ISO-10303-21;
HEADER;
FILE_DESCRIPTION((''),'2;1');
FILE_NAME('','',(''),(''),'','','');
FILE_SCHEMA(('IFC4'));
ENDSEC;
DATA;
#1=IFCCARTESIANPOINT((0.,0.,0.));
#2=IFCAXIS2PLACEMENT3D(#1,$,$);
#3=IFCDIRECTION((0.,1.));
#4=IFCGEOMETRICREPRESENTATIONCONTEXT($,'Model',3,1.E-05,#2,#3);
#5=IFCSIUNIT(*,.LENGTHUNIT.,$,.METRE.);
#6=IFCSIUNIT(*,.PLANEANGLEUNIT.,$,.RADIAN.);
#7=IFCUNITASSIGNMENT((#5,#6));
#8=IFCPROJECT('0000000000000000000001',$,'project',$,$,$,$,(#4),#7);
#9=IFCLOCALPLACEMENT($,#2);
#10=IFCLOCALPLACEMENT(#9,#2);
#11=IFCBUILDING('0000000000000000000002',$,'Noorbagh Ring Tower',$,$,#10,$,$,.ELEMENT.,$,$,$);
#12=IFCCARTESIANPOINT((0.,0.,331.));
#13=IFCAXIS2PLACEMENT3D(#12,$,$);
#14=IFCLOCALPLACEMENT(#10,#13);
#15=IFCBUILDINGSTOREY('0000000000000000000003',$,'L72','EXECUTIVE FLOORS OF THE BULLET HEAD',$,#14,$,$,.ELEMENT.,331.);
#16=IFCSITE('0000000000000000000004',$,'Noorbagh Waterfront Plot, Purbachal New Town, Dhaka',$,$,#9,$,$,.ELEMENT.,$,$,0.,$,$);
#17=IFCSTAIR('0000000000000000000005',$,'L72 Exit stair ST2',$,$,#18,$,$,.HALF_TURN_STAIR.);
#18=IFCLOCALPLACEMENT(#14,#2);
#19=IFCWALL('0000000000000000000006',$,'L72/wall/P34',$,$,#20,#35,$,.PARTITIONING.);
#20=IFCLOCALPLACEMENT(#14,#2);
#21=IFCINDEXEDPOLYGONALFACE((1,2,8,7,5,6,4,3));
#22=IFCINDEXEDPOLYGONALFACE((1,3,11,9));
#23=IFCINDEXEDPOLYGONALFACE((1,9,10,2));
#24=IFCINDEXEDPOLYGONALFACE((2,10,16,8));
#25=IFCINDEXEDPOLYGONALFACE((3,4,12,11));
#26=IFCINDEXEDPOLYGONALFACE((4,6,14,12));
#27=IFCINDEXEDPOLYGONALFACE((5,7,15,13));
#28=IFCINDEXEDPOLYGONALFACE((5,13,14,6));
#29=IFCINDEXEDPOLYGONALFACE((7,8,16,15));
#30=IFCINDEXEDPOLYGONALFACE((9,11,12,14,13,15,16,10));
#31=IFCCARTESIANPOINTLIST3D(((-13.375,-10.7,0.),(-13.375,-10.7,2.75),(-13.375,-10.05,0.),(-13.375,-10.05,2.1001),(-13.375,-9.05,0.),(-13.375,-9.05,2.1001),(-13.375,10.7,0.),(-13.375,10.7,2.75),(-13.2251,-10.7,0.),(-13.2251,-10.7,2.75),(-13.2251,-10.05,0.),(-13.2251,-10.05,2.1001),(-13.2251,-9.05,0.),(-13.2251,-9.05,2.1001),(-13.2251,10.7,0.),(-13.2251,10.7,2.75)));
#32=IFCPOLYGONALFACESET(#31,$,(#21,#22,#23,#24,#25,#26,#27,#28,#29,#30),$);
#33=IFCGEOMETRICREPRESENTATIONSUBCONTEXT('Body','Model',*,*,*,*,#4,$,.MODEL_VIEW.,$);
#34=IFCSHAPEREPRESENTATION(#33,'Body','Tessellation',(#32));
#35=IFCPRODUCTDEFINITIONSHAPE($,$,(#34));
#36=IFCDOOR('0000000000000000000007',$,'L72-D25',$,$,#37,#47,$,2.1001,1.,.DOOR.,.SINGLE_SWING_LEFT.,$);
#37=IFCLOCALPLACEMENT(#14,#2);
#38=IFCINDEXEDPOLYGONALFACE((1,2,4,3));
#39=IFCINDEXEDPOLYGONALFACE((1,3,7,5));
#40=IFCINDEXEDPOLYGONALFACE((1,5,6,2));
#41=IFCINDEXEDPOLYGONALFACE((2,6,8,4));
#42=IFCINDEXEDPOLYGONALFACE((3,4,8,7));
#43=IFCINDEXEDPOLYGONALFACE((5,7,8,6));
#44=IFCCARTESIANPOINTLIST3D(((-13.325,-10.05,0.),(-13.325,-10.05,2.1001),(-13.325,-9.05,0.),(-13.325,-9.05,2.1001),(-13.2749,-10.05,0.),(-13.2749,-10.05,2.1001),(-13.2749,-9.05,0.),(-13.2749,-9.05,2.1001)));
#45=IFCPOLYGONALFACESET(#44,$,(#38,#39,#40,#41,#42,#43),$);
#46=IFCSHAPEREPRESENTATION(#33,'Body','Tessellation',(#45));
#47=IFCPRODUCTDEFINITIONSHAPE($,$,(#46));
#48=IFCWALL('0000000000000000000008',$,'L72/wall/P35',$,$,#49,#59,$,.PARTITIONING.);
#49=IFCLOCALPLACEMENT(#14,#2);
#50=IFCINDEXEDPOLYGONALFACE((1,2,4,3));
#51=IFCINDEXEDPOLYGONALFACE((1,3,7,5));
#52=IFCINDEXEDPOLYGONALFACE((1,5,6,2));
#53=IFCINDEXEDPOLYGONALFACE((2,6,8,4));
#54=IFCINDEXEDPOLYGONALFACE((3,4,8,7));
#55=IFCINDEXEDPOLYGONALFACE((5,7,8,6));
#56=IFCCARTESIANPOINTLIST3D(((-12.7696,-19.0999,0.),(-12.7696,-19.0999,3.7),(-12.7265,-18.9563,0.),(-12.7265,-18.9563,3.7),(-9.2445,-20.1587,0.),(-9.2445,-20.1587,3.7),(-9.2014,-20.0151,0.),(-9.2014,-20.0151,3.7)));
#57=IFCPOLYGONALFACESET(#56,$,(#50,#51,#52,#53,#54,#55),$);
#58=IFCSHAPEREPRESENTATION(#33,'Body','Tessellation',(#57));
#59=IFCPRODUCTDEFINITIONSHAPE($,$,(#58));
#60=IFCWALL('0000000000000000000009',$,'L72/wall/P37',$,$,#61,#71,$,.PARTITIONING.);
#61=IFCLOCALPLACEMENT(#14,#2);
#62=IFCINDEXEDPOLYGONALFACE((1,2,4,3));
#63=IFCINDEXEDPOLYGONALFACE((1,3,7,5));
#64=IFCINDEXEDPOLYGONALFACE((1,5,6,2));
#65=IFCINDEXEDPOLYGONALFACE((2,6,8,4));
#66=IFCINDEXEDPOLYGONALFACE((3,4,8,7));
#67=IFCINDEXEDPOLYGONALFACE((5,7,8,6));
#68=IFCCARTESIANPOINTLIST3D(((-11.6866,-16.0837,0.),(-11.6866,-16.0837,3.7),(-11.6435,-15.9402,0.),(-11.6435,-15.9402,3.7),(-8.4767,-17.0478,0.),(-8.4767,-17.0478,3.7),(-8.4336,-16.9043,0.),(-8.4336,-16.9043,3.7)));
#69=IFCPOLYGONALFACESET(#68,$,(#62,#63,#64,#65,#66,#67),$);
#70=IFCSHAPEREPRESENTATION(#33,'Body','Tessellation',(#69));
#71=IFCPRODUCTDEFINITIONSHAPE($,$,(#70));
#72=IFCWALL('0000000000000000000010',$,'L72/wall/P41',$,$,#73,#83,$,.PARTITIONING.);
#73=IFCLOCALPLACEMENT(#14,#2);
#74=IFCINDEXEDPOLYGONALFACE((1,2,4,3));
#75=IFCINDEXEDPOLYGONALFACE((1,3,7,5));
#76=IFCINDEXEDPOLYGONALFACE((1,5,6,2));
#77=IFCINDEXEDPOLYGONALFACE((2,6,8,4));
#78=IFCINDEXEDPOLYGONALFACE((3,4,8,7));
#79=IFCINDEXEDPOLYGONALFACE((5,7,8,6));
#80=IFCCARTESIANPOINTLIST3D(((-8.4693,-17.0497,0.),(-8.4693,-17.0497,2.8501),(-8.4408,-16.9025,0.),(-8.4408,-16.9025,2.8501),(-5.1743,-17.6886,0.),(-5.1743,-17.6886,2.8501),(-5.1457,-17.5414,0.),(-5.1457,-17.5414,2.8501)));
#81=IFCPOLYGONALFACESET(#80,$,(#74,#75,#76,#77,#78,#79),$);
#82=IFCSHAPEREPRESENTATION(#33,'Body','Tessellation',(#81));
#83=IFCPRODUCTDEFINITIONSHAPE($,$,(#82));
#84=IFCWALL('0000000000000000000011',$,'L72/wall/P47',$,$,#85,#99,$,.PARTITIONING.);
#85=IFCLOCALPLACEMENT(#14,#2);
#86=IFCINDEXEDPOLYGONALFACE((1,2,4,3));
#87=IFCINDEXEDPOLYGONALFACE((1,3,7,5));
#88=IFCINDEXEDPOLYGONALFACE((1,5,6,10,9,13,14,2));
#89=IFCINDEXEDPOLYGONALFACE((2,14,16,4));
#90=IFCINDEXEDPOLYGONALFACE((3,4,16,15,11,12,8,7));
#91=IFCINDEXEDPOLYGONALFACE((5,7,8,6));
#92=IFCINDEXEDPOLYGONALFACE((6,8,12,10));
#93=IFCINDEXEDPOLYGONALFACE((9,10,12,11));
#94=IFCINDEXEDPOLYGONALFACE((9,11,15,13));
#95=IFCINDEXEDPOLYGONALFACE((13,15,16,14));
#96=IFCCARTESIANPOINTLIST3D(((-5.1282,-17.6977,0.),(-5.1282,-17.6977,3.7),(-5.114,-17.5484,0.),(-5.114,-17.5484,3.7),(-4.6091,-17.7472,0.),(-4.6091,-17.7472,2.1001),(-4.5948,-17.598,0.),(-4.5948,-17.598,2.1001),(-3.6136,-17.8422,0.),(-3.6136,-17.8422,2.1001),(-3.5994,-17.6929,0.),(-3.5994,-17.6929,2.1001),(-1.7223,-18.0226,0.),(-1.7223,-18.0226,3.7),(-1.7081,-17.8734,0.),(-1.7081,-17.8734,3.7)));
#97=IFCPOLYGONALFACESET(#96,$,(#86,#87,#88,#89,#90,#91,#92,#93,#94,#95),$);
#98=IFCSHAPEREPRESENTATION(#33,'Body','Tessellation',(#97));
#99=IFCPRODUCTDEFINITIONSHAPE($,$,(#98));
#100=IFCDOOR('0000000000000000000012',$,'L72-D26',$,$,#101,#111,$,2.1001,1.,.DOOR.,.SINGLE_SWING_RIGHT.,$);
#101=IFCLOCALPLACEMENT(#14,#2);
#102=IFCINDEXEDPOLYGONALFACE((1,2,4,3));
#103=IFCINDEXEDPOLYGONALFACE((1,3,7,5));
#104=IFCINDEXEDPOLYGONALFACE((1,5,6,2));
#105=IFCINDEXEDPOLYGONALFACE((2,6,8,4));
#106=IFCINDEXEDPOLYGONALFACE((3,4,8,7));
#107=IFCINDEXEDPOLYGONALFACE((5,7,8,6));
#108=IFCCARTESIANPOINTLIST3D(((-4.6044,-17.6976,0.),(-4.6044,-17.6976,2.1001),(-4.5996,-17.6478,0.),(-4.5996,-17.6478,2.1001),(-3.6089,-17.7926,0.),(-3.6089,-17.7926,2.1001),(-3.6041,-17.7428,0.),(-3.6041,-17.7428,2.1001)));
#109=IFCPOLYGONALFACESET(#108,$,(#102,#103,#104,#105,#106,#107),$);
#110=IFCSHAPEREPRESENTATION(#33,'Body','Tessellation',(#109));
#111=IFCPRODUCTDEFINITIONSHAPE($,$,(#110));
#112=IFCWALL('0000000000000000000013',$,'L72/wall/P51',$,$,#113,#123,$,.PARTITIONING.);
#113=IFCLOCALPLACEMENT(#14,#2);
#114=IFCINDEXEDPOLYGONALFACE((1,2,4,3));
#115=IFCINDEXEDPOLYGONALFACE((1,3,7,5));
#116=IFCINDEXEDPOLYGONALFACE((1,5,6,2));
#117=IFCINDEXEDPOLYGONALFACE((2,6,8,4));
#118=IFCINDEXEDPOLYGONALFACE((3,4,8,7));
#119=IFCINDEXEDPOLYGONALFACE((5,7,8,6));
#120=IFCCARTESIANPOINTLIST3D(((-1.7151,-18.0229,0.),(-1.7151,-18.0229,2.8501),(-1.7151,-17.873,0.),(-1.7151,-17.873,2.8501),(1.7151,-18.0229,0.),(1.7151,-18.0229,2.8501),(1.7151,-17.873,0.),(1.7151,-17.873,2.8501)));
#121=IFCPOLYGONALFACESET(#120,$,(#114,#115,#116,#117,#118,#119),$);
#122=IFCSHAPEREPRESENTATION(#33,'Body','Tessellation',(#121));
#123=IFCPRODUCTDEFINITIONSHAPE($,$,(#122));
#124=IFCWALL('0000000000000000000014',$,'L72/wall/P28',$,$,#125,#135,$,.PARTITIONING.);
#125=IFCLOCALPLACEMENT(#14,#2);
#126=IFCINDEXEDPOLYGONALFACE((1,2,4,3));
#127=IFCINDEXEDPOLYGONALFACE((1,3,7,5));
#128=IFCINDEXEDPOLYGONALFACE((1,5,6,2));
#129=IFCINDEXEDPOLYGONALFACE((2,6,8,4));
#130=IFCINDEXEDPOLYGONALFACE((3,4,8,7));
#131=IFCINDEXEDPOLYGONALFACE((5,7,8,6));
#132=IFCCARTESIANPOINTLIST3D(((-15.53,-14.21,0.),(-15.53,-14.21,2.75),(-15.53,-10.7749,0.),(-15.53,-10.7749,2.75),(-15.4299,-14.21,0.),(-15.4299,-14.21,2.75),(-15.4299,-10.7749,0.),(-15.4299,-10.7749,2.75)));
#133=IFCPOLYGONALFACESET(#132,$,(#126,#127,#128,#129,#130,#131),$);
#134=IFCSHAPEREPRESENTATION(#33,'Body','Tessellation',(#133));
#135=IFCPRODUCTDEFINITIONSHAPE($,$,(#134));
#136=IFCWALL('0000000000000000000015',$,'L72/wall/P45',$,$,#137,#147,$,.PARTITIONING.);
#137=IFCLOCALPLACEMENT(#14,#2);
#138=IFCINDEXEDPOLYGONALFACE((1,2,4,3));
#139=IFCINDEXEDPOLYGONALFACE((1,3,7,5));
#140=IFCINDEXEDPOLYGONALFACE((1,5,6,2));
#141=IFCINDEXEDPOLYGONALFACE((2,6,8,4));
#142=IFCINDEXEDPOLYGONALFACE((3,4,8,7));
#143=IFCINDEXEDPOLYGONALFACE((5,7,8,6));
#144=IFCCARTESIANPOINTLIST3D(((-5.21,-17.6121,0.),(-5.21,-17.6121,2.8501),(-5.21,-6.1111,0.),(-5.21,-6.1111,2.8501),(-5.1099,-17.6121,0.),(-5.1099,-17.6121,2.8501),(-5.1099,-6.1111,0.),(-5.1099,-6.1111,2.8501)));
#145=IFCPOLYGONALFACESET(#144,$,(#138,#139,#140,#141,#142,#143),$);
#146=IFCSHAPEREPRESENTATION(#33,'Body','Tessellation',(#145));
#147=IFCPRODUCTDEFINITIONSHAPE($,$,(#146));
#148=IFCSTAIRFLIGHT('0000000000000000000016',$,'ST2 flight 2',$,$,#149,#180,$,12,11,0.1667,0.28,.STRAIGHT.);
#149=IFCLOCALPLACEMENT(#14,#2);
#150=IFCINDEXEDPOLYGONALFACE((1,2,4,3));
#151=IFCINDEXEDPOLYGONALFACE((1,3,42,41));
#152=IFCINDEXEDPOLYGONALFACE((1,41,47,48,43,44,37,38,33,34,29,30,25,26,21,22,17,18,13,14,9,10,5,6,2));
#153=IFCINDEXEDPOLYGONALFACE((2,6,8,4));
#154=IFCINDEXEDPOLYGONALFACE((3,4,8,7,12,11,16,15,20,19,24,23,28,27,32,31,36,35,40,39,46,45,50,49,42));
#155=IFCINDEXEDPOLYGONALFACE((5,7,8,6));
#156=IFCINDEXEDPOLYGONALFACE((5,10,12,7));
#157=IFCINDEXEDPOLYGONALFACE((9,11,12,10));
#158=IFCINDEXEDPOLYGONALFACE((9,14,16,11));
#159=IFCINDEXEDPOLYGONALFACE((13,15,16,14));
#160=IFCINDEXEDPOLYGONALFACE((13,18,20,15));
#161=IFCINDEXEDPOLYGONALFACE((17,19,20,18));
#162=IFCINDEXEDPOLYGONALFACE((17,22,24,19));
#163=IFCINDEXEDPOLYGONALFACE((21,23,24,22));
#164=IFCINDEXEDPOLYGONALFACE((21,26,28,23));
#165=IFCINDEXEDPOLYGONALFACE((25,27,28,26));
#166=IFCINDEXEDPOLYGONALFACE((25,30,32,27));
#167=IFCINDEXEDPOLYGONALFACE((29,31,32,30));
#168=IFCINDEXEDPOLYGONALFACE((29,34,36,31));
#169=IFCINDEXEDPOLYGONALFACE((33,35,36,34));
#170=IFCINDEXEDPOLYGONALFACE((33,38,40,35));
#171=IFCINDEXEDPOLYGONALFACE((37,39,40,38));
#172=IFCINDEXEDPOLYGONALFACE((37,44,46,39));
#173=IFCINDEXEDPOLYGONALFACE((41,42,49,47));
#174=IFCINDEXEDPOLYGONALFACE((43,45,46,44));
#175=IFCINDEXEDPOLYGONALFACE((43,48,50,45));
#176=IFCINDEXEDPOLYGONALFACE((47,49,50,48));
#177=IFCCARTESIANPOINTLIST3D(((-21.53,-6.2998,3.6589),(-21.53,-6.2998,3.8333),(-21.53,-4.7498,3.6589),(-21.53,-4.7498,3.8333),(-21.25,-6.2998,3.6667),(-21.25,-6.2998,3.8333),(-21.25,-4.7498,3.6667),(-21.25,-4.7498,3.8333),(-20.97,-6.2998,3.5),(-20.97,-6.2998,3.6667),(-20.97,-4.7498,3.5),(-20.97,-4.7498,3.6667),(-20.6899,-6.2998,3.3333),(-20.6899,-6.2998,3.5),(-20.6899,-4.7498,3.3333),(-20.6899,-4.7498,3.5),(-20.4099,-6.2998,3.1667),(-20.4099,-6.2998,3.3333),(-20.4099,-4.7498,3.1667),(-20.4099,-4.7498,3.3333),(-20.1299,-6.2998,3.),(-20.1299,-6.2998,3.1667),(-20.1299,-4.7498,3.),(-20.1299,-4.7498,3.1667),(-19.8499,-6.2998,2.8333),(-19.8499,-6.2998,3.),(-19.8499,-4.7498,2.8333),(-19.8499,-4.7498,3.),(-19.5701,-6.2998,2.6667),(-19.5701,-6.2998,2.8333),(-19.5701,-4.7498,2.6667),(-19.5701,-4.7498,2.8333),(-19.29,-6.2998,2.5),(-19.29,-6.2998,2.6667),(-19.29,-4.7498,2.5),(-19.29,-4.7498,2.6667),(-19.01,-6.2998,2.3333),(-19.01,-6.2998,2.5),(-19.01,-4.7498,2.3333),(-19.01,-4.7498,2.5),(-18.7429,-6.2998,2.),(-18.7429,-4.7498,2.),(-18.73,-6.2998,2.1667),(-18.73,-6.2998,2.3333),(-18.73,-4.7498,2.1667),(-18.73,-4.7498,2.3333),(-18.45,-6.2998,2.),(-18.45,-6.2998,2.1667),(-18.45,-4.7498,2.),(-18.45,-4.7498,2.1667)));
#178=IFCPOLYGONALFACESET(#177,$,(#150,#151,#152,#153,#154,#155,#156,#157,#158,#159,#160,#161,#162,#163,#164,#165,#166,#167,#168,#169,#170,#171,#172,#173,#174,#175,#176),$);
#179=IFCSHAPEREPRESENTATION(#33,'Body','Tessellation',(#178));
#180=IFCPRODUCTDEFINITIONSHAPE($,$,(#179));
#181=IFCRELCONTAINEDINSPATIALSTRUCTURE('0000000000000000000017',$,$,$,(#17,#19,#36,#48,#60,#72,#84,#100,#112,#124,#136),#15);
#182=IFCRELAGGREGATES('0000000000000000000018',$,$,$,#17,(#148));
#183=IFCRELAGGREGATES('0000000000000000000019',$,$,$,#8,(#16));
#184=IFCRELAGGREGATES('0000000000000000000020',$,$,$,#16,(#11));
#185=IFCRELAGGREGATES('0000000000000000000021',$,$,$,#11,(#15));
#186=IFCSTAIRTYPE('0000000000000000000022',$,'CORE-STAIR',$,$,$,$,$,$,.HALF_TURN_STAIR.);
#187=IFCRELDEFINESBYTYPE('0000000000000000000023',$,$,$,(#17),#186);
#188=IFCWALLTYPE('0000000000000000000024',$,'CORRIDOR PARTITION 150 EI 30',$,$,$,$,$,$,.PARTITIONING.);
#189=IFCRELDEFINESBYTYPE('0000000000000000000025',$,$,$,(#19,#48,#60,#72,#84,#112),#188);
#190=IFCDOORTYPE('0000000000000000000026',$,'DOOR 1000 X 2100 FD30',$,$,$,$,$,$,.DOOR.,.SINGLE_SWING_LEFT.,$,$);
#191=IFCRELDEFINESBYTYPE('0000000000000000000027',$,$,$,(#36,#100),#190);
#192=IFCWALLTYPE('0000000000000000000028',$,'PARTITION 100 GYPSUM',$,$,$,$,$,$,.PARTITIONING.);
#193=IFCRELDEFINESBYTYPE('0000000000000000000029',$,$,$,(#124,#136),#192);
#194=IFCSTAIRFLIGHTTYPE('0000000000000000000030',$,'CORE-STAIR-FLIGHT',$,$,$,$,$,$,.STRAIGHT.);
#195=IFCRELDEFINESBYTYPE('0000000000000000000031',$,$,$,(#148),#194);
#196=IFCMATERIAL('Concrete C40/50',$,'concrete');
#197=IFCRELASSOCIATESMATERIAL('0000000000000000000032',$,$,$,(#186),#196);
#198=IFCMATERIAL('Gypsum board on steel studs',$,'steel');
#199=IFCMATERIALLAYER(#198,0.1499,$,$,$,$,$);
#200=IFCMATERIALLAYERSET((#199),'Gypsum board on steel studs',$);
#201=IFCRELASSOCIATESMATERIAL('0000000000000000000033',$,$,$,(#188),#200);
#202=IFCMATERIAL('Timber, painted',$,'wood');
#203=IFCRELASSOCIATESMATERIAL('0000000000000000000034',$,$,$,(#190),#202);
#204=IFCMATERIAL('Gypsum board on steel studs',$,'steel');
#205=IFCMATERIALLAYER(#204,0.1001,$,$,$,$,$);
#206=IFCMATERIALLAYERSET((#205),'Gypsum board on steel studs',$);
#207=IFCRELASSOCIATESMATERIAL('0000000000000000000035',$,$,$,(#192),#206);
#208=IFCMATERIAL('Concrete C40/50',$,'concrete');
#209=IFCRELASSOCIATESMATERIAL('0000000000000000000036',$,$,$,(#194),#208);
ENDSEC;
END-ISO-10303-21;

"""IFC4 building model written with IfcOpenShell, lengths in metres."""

from ifc_helpers import new_model, si_unit, direction, frame, frame_2d, origin, place, context, subcontext, project, spatial, polyline, rectangle, outline, extrude, material, layer, layer_set, type_object, element, fill, aggregate, save


model = new_model("IFC4")

# Units and contexts
model_context = context("Model", 3, precision=1e-05, world=origin(), true_north=direction((0.0, 1.0)))
body_context = subcontext(model_context, "Body", "Model", "MODEL_VIEW")
ifc_project = project(units=[si_unit("LENGTHUNIT", "METRE"), si_unit("PLANEANGLEUNIT", "RADIAN")], contexts=[model_context])

# Site, building, storey
site_placement = place(None, origin())
site = spatial("IfcSite", under=ifc_project, at=site_placement, Name="Noorbagh Waterfront Plot, Purbachal New Town, Dhaka", CompositionType="ELEMENT", RefElevation=0.0)
building_placement = place(site_placement, origin())
building = spatial("IfcBuilding", under=site, at=building_placement, Name="Noorbagh Ring Tower", CompositionType="ELEMENT")
storey_placement = place(building_placement, frame((0.0, 0.0, 331.0)))
storey = spatial("IfcBuildingStorey", under=building, at=storey_placement, Name="L72", Description="EXECUTIVE FLOORS OF THE BULLET HEAD", CompositionType="ELEMENT", Elevation=331.0)

# Stair
ifc_material_1 = material(Name="Concrete C40/50", Category="concrete")
stair_type = type_object("IfcStairType", Name="CORE-STAIR", PredefinedType="HALF_TURN_STAIR", material=ifc_material_1)
stair_1_placement = place(storey_placement, origin())
stair_1 = element("IfcStair", 1, at=stair_1_placement, inside=storey, type_object=stair_type, Name="L72 Exit stair ST2", PredefinedType="HALF_TURN_STAIR")

# Shared definitions
ifc_material_2 = material(Name="Gypsum board on steel studs", Category="steel")
ifc_layer_1 = layer(ifc_material_2, 0.1499)
ifc_layer_set_1 = layer_set([ifc_layer_1], Name="Gypsum board on steel studs")
wall_type_1 = type_object("IfcWallType", Name="CORRIDOR PARTITION 150 EI 30", PredefinedType="PARTITIONING", material=ifc_layer_set_1)

# Shared definitions
ifc_material_3 = material(Name="Timber, painted", Category="wood")
door_type_1 = type_object("IfcDoorType", Name="DOOR 1000 X 2100 FD30", OperationType="SINGLE_SWING_LEFT", PredefinedType="DOOR", material=ifc_material_3)

# Wall, opening, door
wall_1_placement = place(storey_placement, frame((-13.3, -10.7, 0.0), z_axis=(0.0, 0.0, 1.0), x_axis=(0.0, 1.0, 0.0)))
wall_1 = element("IfcWall", 2, at=wall_1_placement, inside=storey, type_object=wall_type_1, Name="L72/wall/P34", PredefinedType="PARTITIONING", context=body_context, shape_type="SweptSolid", body=[
    extrude(rectangle(XDim=21.3999, YDim=0.1499, at=frame_2d((10.7, 0.0))), origin(), (0.0, 0.0, 1.0), 2.75),
])
opening_1_placement = place(wall_1_placement, frame((0.6499, 0.0, 0.0)))
opening_1 = element("IfcOpeningElement", 3, at=opening_1_placement, cuts=wall_1, PredefinedType="OPENING", context=body_context, shape_type="SweptSolid", body=[
    extrude(rectangle(XDim=1.0, YDim=2.1001, at=frame_2d((0.5, 1.05))), frame((0.0, 0.085, 0.0), z_axis=(0.0, -1.0, 0.0), x_axis=(1.0, 0.0, 0.0)), (0.0, 0.0, 1.0), 0.1699),
])
door_1_placement = place(opening_1_placement, origin())
door_1 = element("IfcDoor", 4, at=door_1_placement, inside=storey, type_object=door_type_1, Name="L72-D25", OperationType="SINGLE_SWING_LEFT", OverallHeight=2.1001, OverallWidth=1.0, PredefinedType="DOOR", context=body_context, shape_type="SweptSolid", body=[
    extrude(rectangle(XDim=1.0, YDim=2.1001, at=frame_2d((0.5, 1.05))), frame((0.0, 0.0249, 0.0), z_axis=(0.0, -1.0, 0.0), x_axis=(1.0, 0.0, 0.0)), (0.0, 0.0, 1.0), 0.05),
])
fill(opening_1, door_1)

# Walls
wall_2_placement = place(storey_placement, frame((-12.748, -19.0281, 0.0), z_axis=(0.0, 0.0, 1.0), x_axis=(0.957729, -0.28767, 0.0)))
element("IfcWall", 5, at=wall_2_placement, inside=storey, type_object=wall_type_1, Name="L72/wall/P35", PredefinedType="PARTITIONING", context=body_context, shape_type="SweptSolid", body=[
    extrude(rectangle(XDim=3.6807, YDim=0.1499, at=frame_2d((1.8403, 0.0))), origin(), (0.0, 0.0, 1.0), 3.7),
])
wall_3_placement = place(storey_placement, frame((-11.665, -16.012, 0.0), z_axis=(0.0, 0.0, 1.0), x_axis=(0.957734, -0.287655, 0.0)))
element("IfcWall", 6, at=wall_3_placement, inside=storey, type_object=wall_type_1, Name="L72/wall/P37", PredefinedType="PARTITIONING", context=body_context, shape_type="SweptSolid", body=[
    extrude(rectangle(XDim=3.3516, YDim=0.1499, at=frame_2d((1.6758, 0.0))), origin(), (0.0, 0.0, 1.0), 3.7),
])
wall_4_placement = place(storey_placement, frame((-8.4551, -16.9761, 0.0), z_axis=(0.0, 0.0, 1.0), x_axis=(0.981716, -0.19035, 0.0)))
element("IfcWall", 7, at=wall_4_placement, inside=storey, type_object=wall_type_1, Name="L72/wall/P41", PredefinedType="PARTITIONING", context=body_context, shape_type="SweptSolid", body=[
    extrude(rectangle(XDim=3.3564, YDim=0.1499, at=frame_2d((1.6782, 0.0))), origin(), (0.0, 0.0, 1.0), 2.8501),
])

# Wall, opening, door
wall_5_placement = place(storey_placement, frame((-5.1211, -17.623, 0.0), z_axis=(0.0, 0.0, 1.0), x_axis=(0.99548, -0.094974, 0.0)))
wall_5 = element("IfcWall", 8, at=wall_5_placement, inside=storey, type_object=wall_type_1, Name="L72/wall/P47", PredefinedType="PARTITIONING", context=body_context, shape_type="SweptSolid", body=[
    extrude(rectangle(XDim=3.4214, YDim=0.1499, at=frame_2d((1.7107, 0.0))), origin(), (0.0, 0.0, 1.0), 3.7),
])
opening_2_placement = place(wall_5_placement, frame((0.5215, 0.0, 0.0)))
opening_2 = element("IfcOpeningElement", 9, at=opening_2_placement, cuts=wall_5, PredefinedType="OPENING", context=body_context, shape_type="SweptSolid", body=[
    extrude(rectangle(XDim=1.0, YDim=2.1001, at=frame_2d((0.5, 1.05))), frame((0.0, 0.085, 0.0), z_axis=(0.0, -1.0, 0.0), x_axis=(1.0, 0.0, 0.0)), (0.0, 0.0, 1.0), 0.1699),
])
door_2_placement = place(opening_2_placement, origin())
door_2 = element("IfcDoor", 10, at=door_2_placement, inside=storey, type_object=door_type_1, Name="L72-D26", OperationType="SINGLE_SWING_RIGHT", OverallHeight=2.1001, OverallWidth=1.0, PredefinedType="DOOR", context=body_context, shape_type="SweptSolid", body=[
    extrude(rectangle(XDim=1.0, YDim=2.1001, at=frame_2d((0.5, 1.05))), frame((0.0, 0.0249, 0.0), z_axis=(0.0, -1.0, 0.0), x_axis=(1.0, 0.0, 0.0)), (0.0, 0.0, 1.0), 0.05),
])
fill(opening_2, door_2)

# Walls
wall_6_placement = place(storey_placement, frame((-1.7151, -17.948, 0.0), z_axis=(0.0, 0.0, 1.0), x_axis=(1.0, 0.0, 0.0)))
element("IfcWall", 11, at=wall_6_placement, inside=storey, type_object=wall_type_1, Name="L72/wall/P51", PredefinedType="PARTITIONING", context=body_context, shape_type="SweptSolid", body=[
    extrude(rectangle(XDim=3.4302, YDim=0.1499, at=frame_2d((1.7151, 0.0))), origin(), (0.0, 0.0, 1.0), 2.8501),
])
ifc_material_4 = material(Name="Gypsum board on steel studs", Category="steel")
ifc_layer_2 = layer(ifc_material_4, 0.1001)
ifc_layer_set_2 = layer_set([ifc_layer_2], Name="Gypsum board on steel studs")
wall_type_2 = type_object("IfcWallType", Name="PARTITION 100 GYPSUM", PredefinedType="PARTITIONING", material=ifc_layer_set_2)
wall_7_placement = place(storey_placement, frame((-15.48, -14.21, 0.0), z_axis=(0.0, 0.0, 1.0), x_axis=(0.0, 1.0, 0.0)))
element("IfcWall", 12, at=wall_7_placement, inside=storey, type_object=wall_type_2, Name="L72/wall/P28", PredefinedType="PARTITIONING", context=body_context, shape_type="SweptSolid", body=[
    extrude(rectangle(XDim=3.4351, YDim=0.1001, at=frame_2d((1.7175, 0.0))), origin(), (0.0, 0.0, 1.0), 2.75),
])
wall_8_placement = place(storey_placement, frame((-5.1599, -17.6121, 0.0), z_axis=(0.0, 0.0, 1.0), x_axis=(0.0, 1.0, 0.0)))
element("IfcWall", 13, at=wall_8_placement, inside=storey, type_object=wall_type_2, Name="L72/wall/P45", PredefinedType="PARTITIONING", context=body_context, shape_type="SweptSolid", body=[
    extrude(rectangle(XDim=11.501, YDim=0.1001, at=frame_2d((5.7505, 0.0))), origin(), (0.0, 0.0, 1.0), 2.8501),
])

# Stair flight
ifc_material_5 = material(Name="Concrete C40/50", Category="concrete")
stair_flight_type = type_object("IfcStairFlightType", Name="CORE-STAIR-FLIGHT", PredefinedType="STRAIGHT", material=ifc_material_5)
stair_flight_placement = place(storey_placement, frame((-18.45, -5.5249, 2.0), z_axis=(0.0, 0.0, 1.0), x_axis=(-1.0, 0.0, 0.0)))
stair_flight = element("IfcStairFlight", 14, at=stair_flight_placement, type_object=stair_flight_type, Name="ST2 flight 2", NumberOfRisers=12, NumberOfTreads=11, PredefinedType="STRAIGHT", RiserHeight=0.1667, TreadLength=0.28, context=body_context, shape_type="SweptSolid", body=[
    extrude(outline(polyline([(0.0, 0.0), (0.0, 0.1667), (0.28, 0.1667), (0.28, 0.3333), (0.5601, 0.3333), (0.5601, 0.5), (0.8401, 0.5), (0.8401, 0.6667), (1.1201, 0.6667), (1.1201, 0.8333), (1.3999, 0.8333), (1.3999, 1.0), (1.6799, 1.0), (1.6799, 1.1667), (1.96, 1.1667), (1.96, 1.3333), (2.24, 1.3333), (2.24, 1.5), (2.52, 1.5), (2.52, 1.6667), (2.8, 1.6667), (2.8, 1.8333), (3.0801, 1.8333), (3.0801, 2.0), (3.0801, 1.6589), (0.293, 0.0), (0.0, 0.0)])), frame((0.0, 0.7749, 0.0), z_axis=(0.0, -1.0, 0.0), x_axis=(1.0, 0.0, 0.0)), (0.0, 0.0, 1.0), 1.55),
])
aggregate(stair_1, [stair_flight])

save(model, "model.ifc")
